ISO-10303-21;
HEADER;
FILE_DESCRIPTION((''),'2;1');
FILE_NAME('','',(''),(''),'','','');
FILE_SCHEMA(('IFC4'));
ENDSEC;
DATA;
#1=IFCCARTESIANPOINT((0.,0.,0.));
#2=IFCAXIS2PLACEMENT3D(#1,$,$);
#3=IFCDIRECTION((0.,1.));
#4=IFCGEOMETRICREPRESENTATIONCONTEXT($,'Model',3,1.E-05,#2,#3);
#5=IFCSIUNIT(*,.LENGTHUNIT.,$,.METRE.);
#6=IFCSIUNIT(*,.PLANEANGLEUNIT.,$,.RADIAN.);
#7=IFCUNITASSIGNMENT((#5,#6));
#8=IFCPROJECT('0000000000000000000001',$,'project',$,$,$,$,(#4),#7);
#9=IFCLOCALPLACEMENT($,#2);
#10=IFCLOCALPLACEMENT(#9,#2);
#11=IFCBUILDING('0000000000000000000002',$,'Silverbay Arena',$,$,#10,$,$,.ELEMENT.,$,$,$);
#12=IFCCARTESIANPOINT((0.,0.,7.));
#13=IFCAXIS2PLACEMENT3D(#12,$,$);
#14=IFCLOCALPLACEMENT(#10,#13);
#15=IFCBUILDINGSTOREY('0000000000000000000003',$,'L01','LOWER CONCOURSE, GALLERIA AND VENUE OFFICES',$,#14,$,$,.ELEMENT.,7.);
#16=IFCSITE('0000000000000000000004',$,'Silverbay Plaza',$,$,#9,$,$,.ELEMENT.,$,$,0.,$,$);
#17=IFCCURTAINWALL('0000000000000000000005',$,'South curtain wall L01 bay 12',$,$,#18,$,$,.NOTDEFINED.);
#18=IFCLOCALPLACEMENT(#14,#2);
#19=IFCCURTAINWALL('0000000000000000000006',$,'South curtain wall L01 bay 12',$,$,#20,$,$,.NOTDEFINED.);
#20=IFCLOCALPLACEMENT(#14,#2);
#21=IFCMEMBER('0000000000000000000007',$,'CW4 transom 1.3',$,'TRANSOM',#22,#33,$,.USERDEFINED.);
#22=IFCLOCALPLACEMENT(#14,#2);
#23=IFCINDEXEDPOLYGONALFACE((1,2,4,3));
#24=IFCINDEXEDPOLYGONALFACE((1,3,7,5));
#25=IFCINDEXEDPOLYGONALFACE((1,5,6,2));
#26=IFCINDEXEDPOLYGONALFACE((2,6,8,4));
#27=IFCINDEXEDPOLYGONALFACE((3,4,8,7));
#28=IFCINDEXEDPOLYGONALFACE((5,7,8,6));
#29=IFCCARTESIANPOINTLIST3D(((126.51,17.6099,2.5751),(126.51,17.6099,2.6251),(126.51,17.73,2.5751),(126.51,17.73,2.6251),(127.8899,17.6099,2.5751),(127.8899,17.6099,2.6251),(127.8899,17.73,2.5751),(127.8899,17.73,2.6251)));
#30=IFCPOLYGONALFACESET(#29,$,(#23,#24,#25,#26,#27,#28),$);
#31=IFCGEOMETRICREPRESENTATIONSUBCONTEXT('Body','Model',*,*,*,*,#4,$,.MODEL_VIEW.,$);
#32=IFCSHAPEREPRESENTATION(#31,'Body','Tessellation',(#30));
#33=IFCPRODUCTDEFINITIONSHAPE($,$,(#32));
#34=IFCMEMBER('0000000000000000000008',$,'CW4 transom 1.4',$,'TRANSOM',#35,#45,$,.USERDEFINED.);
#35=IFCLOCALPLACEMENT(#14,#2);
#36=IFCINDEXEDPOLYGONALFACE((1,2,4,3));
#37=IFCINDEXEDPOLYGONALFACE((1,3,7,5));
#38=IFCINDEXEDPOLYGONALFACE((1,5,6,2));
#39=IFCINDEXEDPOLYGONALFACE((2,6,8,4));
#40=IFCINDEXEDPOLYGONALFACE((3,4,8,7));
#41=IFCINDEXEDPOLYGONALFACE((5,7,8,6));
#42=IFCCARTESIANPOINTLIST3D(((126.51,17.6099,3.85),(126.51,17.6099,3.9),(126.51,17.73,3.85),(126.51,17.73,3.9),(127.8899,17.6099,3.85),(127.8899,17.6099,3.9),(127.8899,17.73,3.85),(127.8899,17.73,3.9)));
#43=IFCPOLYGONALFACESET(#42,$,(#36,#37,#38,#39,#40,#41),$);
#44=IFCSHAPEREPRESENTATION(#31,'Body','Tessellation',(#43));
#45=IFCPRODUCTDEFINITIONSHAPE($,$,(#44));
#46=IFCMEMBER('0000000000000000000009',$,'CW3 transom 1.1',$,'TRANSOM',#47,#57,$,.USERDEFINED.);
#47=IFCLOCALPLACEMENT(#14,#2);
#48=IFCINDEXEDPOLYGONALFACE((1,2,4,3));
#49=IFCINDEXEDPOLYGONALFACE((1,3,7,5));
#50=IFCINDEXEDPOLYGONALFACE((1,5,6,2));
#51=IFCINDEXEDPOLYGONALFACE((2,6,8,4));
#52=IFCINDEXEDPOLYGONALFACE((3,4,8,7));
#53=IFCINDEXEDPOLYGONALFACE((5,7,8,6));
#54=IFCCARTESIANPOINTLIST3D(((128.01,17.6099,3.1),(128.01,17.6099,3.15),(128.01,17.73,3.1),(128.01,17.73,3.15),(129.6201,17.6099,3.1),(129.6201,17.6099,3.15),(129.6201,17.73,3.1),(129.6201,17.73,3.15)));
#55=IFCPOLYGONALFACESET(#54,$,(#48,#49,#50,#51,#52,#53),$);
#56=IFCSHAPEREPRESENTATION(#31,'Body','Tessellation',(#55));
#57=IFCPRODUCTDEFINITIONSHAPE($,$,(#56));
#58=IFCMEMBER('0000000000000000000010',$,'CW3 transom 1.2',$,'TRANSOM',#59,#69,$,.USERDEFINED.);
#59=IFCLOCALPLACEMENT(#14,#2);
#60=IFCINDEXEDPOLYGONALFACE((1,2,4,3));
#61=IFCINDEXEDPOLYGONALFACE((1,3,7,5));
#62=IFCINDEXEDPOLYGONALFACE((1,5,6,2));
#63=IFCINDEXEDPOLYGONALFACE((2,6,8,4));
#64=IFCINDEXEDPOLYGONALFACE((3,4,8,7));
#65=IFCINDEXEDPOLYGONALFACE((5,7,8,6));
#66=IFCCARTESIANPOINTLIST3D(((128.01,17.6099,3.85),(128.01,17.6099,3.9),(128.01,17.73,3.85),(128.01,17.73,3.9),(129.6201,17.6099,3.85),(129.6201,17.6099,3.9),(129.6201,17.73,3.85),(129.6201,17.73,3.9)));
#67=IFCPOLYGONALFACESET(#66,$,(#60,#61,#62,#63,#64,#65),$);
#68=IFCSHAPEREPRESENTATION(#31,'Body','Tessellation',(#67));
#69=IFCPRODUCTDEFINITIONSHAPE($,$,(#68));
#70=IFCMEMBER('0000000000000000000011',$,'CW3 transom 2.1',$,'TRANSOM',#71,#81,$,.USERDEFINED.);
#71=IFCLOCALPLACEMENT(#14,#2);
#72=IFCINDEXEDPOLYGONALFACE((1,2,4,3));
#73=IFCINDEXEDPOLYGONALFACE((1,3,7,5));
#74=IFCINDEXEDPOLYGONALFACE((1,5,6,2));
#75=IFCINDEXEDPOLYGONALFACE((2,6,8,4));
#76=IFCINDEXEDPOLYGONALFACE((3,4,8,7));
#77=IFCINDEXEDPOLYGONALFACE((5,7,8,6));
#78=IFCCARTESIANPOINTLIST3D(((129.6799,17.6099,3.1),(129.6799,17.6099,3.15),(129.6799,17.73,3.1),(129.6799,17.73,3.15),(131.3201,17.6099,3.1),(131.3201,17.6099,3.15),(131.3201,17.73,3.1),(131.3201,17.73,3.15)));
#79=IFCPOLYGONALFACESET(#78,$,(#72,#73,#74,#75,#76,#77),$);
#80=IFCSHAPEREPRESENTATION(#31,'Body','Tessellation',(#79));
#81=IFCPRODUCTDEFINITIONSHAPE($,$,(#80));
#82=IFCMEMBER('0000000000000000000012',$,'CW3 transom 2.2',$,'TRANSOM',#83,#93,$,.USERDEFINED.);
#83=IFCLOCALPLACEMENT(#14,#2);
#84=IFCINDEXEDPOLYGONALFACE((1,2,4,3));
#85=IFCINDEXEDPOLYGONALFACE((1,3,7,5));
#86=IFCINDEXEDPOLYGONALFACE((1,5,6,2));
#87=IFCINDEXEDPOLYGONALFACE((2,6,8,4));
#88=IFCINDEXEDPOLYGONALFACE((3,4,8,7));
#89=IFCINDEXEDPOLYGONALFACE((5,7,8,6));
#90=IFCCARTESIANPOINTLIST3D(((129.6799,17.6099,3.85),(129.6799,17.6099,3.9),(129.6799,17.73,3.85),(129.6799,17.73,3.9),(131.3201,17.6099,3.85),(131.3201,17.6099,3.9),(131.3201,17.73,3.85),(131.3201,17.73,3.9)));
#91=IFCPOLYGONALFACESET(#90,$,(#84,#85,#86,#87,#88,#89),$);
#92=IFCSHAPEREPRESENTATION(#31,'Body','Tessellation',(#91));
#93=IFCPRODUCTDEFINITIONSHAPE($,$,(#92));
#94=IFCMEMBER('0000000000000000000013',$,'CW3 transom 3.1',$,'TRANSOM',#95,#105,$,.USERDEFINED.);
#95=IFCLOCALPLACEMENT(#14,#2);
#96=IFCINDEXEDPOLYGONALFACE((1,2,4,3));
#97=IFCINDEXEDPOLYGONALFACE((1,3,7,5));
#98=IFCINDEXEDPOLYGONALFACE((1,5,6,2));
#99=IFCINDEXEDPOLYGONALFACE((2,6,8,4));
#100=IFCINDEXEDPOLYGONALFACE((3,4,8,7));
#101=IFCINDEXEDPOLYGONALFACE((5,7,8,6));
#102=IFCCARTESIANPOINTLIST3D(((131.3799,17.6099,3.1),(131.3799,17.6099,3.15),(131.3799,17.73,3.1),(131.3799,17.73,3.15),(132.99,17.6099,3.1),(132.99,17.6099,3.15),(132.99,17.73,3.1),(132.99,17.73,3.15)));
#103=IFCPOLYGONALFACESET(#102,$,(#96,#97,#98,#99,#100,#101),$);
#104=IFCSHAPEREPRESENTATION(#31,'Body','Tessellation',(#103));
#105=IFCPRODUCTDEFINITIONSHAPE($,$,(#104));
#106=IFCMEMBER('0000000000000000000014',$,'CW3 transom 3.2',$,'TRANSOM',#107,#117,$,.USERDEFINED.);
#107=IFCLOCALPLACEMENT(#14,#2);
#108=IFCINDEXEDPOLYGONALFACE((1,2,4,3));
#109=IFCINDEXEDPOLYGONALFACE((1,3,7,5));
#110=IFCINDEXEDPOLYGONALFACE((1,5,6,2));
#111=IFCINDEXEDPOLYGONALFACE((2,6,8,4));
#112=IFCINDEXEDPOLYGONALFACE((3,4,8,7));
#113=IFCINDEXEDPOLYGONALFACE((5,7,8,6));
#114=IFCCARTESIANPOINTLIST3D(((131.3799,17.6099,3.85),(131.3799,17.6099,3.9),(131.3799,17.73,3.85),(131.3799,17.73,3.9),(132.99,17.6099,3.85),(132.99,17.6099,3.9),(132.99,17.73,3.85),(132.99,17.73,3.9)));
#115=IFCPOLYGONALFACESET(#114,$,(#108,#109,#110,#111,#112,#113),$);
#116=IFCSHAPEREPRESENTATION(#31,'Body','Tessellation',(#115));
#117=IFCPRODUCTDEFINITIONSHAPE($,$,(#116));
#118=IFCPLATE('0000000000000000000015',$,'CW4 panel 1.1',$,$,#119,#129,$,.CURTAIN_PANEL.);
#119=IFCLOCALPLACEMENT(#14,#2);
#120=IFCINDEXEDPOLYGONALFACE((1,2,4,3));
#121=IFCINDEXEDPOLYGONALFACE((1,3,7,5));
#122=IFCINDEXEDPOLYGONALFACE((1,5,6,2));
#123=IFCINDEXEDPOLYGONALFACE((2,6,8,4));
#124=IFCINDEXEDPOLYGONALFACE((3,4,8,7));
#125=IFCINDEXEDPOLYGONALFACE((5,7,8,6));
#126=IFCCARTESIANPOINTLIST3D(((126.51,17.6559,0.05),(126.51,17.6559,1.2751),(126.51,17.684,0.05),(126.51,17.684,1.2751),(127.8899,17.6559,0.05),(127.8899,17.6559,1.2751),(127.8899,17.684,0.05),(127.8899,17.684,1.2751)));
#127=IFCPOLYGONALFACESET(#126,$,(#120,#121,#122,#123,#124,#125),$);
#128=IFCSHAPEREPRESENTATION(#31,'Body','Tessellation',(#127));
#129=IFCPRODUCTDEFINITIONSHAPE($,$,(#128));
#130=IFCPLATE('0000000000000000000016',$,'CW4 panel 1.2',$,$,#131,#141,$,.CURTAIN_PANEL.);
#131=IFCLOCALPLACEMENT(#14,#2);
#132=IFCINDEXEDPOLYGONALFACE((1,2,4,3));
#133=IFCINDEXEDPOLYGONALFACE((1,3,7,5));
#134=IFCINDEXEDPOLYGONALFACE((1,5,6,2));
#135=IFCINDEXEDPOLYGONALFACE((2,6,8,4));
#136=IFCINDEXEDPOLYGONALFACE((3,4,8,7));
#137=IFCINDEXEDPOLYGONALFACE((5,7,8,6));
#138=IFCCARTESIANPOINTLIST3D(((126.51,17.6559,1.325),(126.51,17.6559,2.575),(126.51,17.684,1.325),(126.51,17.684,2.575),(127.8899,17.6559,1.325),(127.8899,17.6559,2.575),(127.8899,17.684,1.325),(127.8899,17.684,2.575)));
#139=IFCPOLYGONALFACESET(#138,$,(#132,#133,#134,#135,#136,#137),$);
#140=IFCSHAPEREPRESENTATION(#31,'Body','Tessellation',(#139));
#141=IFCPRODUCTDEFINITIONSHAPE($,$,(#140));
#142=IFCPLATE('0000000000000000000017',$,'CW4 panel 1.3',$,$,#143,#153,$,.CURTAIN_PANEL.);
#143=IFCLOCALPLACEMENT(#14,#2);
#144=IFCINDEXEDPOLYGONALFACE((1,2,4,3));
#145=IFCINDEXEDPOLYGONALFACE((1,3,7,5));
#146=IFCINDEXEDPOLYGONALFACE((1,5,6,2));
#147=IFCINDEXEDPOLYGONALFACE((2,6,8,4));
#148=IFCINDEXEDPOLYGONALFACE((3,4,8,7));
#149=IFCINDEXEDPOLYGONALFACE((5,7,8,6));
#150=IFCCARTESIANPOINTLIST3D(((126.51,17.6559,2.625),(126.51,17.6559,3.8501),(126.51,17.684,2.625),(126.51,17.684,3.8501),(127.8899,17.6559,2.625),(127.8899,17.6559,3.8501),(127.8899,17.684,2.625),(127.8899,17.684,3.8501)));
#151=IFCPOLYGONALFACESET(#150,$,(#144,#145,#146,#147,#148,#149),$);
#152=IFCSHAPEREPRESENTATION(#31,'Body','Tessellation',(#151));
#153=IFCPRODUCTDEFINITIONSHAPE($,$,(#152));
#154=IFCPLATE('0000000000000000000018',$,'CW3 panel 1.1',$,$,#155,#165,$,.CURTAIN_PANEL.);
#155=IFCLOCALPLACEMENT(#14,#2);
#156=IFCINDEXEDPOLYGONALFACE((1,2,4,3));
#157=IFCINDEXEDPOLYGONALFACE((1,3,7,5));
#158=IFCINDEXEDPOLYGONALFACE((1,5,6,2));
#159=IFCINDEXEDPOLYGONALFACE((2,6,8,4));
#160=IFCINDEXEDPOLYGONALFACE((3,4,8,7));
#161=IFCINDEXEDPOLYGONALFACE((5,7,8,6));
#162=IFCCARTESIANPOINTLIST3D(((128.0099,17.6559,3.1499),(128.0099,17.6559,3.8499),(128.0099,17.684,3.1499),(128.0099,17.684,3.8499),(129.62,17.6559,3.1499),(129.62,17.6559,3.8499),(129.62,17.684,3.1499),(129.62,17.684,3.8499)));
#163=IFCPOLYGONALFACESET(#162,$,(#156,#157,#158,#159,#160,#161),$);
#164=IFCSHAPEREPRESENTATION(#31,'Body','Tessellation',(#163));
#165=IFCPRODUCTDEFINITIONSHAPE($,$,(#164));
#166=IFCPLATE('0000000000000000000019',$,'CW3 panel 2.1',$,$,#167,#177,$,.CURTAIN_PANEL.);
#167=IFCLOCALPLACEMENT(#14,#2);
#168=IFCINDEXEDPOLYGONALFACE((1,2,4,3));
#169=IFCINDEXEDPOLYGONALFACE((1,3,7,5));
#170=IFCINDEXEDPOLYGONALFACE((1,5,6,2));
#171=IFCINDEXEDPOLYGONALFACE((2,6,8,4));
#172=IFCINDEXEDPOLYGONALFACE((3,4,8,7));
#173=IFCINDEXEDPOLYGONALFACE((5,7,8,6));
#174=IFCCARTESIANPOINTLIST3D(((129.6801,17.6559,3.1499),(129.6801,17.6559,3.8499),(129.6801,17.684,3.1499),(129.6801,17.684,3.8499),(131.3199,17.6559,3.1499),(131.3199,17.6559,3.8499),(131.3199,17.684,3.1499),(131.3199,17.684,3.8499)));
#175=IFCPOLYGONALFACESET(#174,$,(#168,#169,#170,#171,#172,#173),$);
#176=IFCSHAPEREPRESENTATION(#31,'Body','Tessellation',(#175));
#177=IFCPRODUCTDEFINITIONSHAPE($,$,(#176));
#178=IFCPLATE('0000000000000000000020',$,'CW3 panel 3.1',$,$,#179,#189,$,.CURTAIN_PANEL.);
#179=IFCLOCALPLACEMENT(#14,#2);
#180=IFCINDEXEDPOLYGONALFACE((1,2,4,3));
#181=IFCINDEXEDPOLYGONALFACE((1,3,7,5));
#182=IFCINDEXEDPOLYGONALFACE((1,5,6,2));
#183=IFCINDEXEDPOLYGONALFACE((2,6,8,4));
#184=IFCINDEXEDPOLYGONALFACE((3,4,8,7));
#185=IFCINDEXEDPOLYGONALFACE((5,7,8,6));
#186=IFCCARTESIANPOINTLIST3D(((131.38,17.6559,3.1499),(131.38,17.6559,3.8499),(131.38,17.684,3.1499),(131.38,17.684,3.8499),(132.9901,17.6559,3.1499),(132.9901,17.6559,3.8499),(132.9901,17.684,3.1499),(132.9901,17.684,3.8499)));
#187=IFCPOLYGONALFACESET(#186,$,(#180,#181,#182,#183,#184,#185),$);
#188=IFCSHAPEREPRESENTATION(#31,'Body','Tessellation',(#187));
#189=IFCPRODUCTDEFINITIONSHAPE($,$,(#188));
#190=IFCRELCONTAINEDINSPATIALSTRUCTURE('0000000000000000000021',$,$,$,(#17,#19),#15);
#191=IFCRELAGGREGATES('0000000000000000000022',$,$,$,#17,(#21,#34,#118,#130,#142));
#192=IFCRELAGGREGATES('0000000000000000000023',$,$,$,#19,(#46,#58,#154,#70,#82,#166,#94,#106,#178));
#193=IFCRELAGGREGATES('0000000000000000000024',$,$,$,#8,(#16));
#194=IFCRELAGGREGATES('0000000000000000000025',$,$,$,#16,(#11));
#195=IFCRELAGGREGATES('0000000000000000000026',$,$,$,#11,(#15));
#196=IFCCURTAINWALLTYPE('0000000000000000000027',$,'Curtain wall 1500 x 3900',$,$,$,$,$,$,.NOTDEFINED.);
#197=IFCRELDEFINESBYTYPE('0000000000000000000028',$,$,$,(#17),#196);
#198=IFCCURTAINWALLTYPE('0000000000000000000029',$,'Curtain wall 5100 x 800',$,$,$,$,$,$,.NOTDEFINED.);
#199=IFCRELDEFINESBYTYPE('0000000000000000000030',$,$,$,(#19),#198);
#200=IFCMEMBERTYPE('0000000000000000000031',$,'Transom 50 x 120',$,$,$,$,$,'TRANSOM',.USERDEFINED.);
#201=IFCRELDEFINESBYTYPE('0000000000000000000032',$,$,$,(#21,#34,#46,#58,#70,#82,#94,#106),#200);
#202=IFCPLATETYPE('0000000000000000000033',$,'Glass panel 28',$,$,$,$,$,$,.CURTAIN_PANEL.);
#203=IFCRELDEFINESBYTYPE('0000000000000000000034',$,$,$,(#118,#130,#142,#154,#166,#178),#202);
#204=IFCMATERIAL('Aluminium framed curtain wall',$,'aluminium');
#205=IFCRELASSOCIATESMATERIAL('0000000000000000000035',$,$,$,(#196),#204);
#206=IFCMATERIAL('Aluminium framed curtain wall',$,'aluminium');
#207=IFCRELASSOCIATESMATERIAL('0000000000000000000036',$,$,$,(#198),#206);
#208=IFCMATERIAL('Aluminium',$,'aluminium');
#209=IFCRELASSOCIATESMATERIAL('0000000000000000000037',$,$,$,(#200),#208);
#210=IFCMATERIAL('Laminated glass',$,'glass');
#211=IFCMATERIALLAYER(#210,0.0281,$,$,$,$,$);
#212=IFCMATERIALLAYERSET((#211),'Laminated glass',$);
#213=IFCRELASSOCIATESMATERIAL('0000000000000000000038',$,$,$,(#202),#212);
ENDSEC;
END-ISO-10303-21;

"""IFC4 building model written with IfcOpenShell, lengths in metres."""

from ifc_helpers import new_model, si_unit, direction, frame, origin, origin_2d, place, context, subcontext, project, spatial, rectangle, extrude, material, layer, layer_set, material_profile, profile_set, type_object, element, aggregate, save


model = new_model("IFC4")

# Units and contexts
model_context = context("Model", 3, precision=1e-05, world=origin(), true_north=direction((0.0, 1.0)))
body_context = subcontext(model_context, "Body", "Model", "MODEL_VIEW")
ifc_project = project(units=[si_unit("LENGTHUNIT", "METRE"), si_unit("PLANEANGLEUNIT", "RADIAN")], contexts=[model_context])

# Site, building, storey
site_placement = place(None, origin())
site = spatial("IfcSite", under=ifc_project, at=site_placement, Name="Silverbay Plaza", CompositionType="ELEMENT", RefElevation=0.0)
building_placement = place(site_placement, origin())
building = spatial("IfcBuilding", under=site, at=building_placement, Name="Silverbay Arena", CompositionType="ELEMENT")
storey_placement = place(building_placement, frame((0.0, 0.0, 7.0)))
storey = spatial("IfcBuildingStorey", under=building, at=storey_placement, Name="L01", Description="LOWER CONCOURSE, GALLERIA AND VENUE OFFICES", CompositionType="ELEMENT", Elevation=7.0)

# Curtain walls
ifc_material_1 = material(Name="Aluminium framed curtain wall", Category="aluminium")
curtain_wall_type_1 = type_object("IfcCurtainWallType", Name="Curtain wall 1500 x 3900", PredefinedType="NOTDEFINED", material=ifc_material_1)
curtain_wall_1_placement = place(storey_placement, origin())
curtain_wall_1 = element("IfcCurtainWall", 1, at=curtain_wall_1_placement, inside=storey, type_object=curtain_wall_type_1, Name="South curtain wall L01 bay 12", PredefinedType="NOTDEFINED")
ifc_material_2 = material(Name="Aluminium framed curtain wall", Category="aluminium")
curtain_wall_type_2 = type_object("IfcCurtainWallType", Name="Curtain wall 5100 x 800", PredefinedType="NOTDEFINED", material=ifc_material_2)
curtain_wall_2_placement = place(storey_placement, origin())
curtain_wall_2 = element("IfcCurtainWall", 2, at=curtain_wall_2_placement, inside=storey, type_object=curtain_wall_type_2, Name="South curtain wall L01 bay 12", PredefinedType="NOTDEFINED")

# Members
ifc_material_3 = material(Name="Aluminium", Category="aluminium")
ifc_material_profile_1 = material_profile(ifc_material_3, rectangle(XDim=0.1201, YDim=0.05, at=origin_2d()), Name="Transom 50 x 120")
ifc_profile_set_1 = profile_set([ifc_material_profile_1], Name="Aluminium")
member_type_1 = type_object("IfcMemberType", Name="Transom 50 x 120", ElementType="TRANSOM", PredefinedType="USERDEFINED", material=ifc_profile_set_1)
member_1_placement = place(storey_placement, frame((126.51, 17.6699, 2.6001), z_axis=(1.0, 0.0, 0.0), x_axis=(0.0, 1.0, 0.0)))
member_1 = element("IfcMember", 3, at=member_1_placement, type_object=member_type_1, Name="CW4 transom 1.3", ObjectType="TRANSOM", PredefinedType="USERDEFINED", context=body_context, shape_type="SweptSolid", body=[
    extrude(rectangle(XDim=0.1201, YDim=0.05, at=origin_2d()), origin(), (0.0, 0.0, 1.0), 1.3799),
])
member_2_placement = place(storey_placement, frame((126.51, 17.6699, 3.875), z_axis=(1.0, 0.0, 0.0), x_axis=(0.0, 1.0, 0.0)))
member_2 = element("IfcMember", 4, at=member_2_placement, type_object=member_type_1, Name="CW4 transom 1.4", ObjectType="TRANSOM", PredefinedType="USERDEFINED", context=body_context, shape_type="SweptSolid", body=[
    extrude(rectangle(XDim=0.1201, YDim=0.05, at=origin_2d()), origin(), (0.0, 0.0, 1.0), 1.3799),
])
member_3_placement = place(storey_placement, frame((128.01, 17.6699, 3.125), z_axis=(1.0, 0.0, 0.0), x_axis=(0.0, 1.0, 0.0)))
member_3 = element("IfcMember", 5, at=member_3_placement, type_object=member_type_1, Name="CW3 transom 1.1", ObjectType="TRANSOM", PredefinedType="USERDEFINED", context=body_context, shape_type="SweptSolid", body=[
    extrude(rectangle(XDim=0.1201, YDim=0.05, at=origin_2d()), origin(), (0.0, 0.0, 1.0), 1.6101),
])
member_4_placement = place(storey_placement, frame((128.01, 17.6699, 3.875), z_axis=(1.0, 0.0, 0.0), x_axis=(0.0, 1.0, 0.0)))
member_4 = element("IfcMember", 6, at=member_4_placement, type_object=member_type_1, Name="CW3 transom 1.2", ObjectType="TRANSOM", PredefinedType="USERDEFINED", context=body_context, shape_type="SweptSolid", body=[
    extrude(rectangle(XDim=0.1201, YDim=0.05, at=origin_2d()), origin(), (0.0, 0.0, 1.0), 1.6101),
])
member_5_placement = place(storey_placement, frame((129.6799, 17.6699, 3.125), z_axis=(1.0, 0.0, 0.0), x_axis=(0.0, 1.0, 0.0)))
member_5 = element("IfcMember", 7, at=member_5_placement, type_object=member_type_1, Name="CW3 transom 2.1", ObjectType="TRANSOM", PredefinedType="USERDEFINED", context=body_context, shape_type="SweptSolid", body=[
    extrude(rectangle(XDim=0.1201, YDim=0.05, at=origin_2d()), origin(), (0.0, 0.0, 1.0), 1.6401),
])
member_6_placement = place(storey_placement, frame((129.6799, 17.6699, 3.875), z_axis=(1.0, 0.0, 0.0), x_axis=(0.0, 1.0, 0.0)))
member_6 = element("IfcMember", 8, at=member_6_placement, type_object=member_type_1, Name="CW3 transom 2.2", ObjectType="TRANSOM", PredefinedType="USERDEFINED", context=body_context, shape_type="SweptSolid", body=[
    extrude(rectangle(XDim=0.1201, YDim=0.05, at=origin_2d()), origin(), (0.0, 0.0, 1.0), 1.6401),
])
member_7_placement = place(storey_placement, frame((131.3799, 17.6699, 3.125), z_axis=(1.0, 0.0, 0.0), x_axis=(0.0, 1.0, 0.0)))
member_7 = element("IfcMember", 9, at=member_7_placement, type_object=member_type_1, Name="CW3 transom 3.1", ObjectType="TRANSOM", PredefinedType="USERDEFINED", context=body_context, shape_type="SweptSolid", body=[
    extrude(rectangle(XDim=0.1201, YDim=0.05, at=origin_2d()), origin(), (0.0, 0.0, 1.0), 1.6101),
])
member_8_placement = place(storey_placement, frame((131.3799, 17.6699, 3.875), z_axis=(1.0, 0.0, 0.0), x_axis=(0.0, 1.0, 0.0)))
member_8 = element("IfcMember", 10, at=member_8_placement, type_object=member_type_1, Name="CW3 transom 3.2", ObjectType="TRANSOM", PredefinedType="USERDEFINED", context=body_context, shape_type="SweptSolid", body=[
    extrude(rectangle(XDim=0.1201, YDim=0.05, at=origin_2d()), origin(), (0.0, 0.0, 1.0), 1.6101),
])

# Plates
ifc_material_4 = material(Name="Laminated glass", Category="glass")
ifc_layer_1 = layer(ifc_material_4, 0.0281)
ifc_layer_set_1 = layer_set([ifc_layer_1], Name="Laminated glass")
plate_type = type_object("IfcPlateType", Name="Glass panel 28", PredefinedType="CURTAIN_PANEL", material=ifc_layer_set_1)
plate_1_placement = place(storey_placement, frame((127.2, 17.6699, 0.05), z_axis=(0.0, 0.0, 1.0), x_axis=(1.0, 0.0, 0.0)))
plate_1 = element("IfcPlate", 11, at=plate_1_placement, type_object=plate_type, Name="CW4 panel 1.1", PredefinedType="CURTAIN_PANEL", context=body_context, shape_type="SweptSolid", body=[
    extrude(rectangle(XDim=1.3799, YDim=0.0281, at=origin_2d()), origin(), (0.0, 0.0, 1.0), 1.2251),
])
plate_2_placement = place(storey_placement, frame((127.2, 17.6699, 1.325), z_axis=(0.0, 0.0, 1.0), x_axis=(1.0, 0.0, 0.0)))
plate_2 = element("IfcPlate", 12, at=plate_2_placement, type_object=plate_type, Name="CW4 panel 1.2", PredefinedType="CURTAIN_PANEL", context=body_context, shape_type="SweptSolid", body=[
    extrude(rectangle(XDim=1.3799, YDim=0.0281, at=origin_2d()), origin(), (0.0, 0.0, 1.0), 1.25),
])
plate_3_placement = place(storey_placement, frame((127.2, 17.6699, 2.625), z_axis=(0.0, 0.0, 1.0), x_axis=(1.0, 0.0, 0.0)))
plate_3 = element("IfcPlate", 13, at=plate_3_placement, type_object=plate_type, Name="CW4 panel 1.3", PredefinedType="CURTAIN_PANEL", context=body_context, shape_type="SweptSolid", body=[
    extrude(rectangle(XDim=1.3799, YDim=0.0281, at=origin_2d()), origin(), (0.0, 0.0, 1.0), 1.2251),
])
aggregate(curtain_wall_1, [member_1, member_2, plate_1, plate_2, plate_3])
plate_4_placement = place(storey_placement, frame((128.8149, 17.6699, 3.1499), z_axis=(0.0, 0.0, 1.0), x_axis=(1.0, 0.0, 0.0)))
plate_4 = element("IfcPlate", 14, at=plate_4_placement, type_object=plate_type, Name="CW3 panel 1.1", PredefinedType="CURTAIN_PANEL", context=body_context, shape_type="SweptSolid", body=[
    extrude(rectangle(XDim=1.6101, YDim=0.0281, at=origin_2d()), origin(), (0.0, 0.0, 1.0), 0.7),
])
plate_5_placement = place(storey_placement, frame((130.5, 17.6699, 3.1499), z_axis=(0.0, 0.0, 1.0), x_axis=(1.0, 0.0, 0.0)))
plate_5 = element("IfcPlate", 15, at=plate_5_placement, type_object=plate_type, Name="CW3 panel 2.1", PredefinedType="CURTAIN_PANEL", context=body_context, shape_type="SweptSolid", body=[
    extrude(rectangle(XDim=1.6399, YDim=0.0281, at=origin_2d()), origin(), (0.0, 0.0, 1.0), 0.7),
])
plate_6_placement = place(storey_placement, frame((132.1851, 17.6699, 3.1499), z_axis=(0.0, 0.0, 1.0), x_axis=(1.0, 0.0, 0.0)))
plate_6 = element("IfcPlate", 16, at=plate_6_placement, type_object=plate_type, Name="CW3 panel 3.1", PredefinedType="CURTAIN_PANEL", context=body_context, shape_type="SweptSolid", body=[
    extrude(rectangle(XDim=1.6101, YDim=0.0281, at=origin_2d()), origin(), (0.0, 0.0, 1.0), 0.7),
])
aggregate(curtain_wall_2, [member_3, member_4, plate_4, member_5, member_6, plate_5, member_7, member_8, plate_6])

save(model, "model.ifc")
